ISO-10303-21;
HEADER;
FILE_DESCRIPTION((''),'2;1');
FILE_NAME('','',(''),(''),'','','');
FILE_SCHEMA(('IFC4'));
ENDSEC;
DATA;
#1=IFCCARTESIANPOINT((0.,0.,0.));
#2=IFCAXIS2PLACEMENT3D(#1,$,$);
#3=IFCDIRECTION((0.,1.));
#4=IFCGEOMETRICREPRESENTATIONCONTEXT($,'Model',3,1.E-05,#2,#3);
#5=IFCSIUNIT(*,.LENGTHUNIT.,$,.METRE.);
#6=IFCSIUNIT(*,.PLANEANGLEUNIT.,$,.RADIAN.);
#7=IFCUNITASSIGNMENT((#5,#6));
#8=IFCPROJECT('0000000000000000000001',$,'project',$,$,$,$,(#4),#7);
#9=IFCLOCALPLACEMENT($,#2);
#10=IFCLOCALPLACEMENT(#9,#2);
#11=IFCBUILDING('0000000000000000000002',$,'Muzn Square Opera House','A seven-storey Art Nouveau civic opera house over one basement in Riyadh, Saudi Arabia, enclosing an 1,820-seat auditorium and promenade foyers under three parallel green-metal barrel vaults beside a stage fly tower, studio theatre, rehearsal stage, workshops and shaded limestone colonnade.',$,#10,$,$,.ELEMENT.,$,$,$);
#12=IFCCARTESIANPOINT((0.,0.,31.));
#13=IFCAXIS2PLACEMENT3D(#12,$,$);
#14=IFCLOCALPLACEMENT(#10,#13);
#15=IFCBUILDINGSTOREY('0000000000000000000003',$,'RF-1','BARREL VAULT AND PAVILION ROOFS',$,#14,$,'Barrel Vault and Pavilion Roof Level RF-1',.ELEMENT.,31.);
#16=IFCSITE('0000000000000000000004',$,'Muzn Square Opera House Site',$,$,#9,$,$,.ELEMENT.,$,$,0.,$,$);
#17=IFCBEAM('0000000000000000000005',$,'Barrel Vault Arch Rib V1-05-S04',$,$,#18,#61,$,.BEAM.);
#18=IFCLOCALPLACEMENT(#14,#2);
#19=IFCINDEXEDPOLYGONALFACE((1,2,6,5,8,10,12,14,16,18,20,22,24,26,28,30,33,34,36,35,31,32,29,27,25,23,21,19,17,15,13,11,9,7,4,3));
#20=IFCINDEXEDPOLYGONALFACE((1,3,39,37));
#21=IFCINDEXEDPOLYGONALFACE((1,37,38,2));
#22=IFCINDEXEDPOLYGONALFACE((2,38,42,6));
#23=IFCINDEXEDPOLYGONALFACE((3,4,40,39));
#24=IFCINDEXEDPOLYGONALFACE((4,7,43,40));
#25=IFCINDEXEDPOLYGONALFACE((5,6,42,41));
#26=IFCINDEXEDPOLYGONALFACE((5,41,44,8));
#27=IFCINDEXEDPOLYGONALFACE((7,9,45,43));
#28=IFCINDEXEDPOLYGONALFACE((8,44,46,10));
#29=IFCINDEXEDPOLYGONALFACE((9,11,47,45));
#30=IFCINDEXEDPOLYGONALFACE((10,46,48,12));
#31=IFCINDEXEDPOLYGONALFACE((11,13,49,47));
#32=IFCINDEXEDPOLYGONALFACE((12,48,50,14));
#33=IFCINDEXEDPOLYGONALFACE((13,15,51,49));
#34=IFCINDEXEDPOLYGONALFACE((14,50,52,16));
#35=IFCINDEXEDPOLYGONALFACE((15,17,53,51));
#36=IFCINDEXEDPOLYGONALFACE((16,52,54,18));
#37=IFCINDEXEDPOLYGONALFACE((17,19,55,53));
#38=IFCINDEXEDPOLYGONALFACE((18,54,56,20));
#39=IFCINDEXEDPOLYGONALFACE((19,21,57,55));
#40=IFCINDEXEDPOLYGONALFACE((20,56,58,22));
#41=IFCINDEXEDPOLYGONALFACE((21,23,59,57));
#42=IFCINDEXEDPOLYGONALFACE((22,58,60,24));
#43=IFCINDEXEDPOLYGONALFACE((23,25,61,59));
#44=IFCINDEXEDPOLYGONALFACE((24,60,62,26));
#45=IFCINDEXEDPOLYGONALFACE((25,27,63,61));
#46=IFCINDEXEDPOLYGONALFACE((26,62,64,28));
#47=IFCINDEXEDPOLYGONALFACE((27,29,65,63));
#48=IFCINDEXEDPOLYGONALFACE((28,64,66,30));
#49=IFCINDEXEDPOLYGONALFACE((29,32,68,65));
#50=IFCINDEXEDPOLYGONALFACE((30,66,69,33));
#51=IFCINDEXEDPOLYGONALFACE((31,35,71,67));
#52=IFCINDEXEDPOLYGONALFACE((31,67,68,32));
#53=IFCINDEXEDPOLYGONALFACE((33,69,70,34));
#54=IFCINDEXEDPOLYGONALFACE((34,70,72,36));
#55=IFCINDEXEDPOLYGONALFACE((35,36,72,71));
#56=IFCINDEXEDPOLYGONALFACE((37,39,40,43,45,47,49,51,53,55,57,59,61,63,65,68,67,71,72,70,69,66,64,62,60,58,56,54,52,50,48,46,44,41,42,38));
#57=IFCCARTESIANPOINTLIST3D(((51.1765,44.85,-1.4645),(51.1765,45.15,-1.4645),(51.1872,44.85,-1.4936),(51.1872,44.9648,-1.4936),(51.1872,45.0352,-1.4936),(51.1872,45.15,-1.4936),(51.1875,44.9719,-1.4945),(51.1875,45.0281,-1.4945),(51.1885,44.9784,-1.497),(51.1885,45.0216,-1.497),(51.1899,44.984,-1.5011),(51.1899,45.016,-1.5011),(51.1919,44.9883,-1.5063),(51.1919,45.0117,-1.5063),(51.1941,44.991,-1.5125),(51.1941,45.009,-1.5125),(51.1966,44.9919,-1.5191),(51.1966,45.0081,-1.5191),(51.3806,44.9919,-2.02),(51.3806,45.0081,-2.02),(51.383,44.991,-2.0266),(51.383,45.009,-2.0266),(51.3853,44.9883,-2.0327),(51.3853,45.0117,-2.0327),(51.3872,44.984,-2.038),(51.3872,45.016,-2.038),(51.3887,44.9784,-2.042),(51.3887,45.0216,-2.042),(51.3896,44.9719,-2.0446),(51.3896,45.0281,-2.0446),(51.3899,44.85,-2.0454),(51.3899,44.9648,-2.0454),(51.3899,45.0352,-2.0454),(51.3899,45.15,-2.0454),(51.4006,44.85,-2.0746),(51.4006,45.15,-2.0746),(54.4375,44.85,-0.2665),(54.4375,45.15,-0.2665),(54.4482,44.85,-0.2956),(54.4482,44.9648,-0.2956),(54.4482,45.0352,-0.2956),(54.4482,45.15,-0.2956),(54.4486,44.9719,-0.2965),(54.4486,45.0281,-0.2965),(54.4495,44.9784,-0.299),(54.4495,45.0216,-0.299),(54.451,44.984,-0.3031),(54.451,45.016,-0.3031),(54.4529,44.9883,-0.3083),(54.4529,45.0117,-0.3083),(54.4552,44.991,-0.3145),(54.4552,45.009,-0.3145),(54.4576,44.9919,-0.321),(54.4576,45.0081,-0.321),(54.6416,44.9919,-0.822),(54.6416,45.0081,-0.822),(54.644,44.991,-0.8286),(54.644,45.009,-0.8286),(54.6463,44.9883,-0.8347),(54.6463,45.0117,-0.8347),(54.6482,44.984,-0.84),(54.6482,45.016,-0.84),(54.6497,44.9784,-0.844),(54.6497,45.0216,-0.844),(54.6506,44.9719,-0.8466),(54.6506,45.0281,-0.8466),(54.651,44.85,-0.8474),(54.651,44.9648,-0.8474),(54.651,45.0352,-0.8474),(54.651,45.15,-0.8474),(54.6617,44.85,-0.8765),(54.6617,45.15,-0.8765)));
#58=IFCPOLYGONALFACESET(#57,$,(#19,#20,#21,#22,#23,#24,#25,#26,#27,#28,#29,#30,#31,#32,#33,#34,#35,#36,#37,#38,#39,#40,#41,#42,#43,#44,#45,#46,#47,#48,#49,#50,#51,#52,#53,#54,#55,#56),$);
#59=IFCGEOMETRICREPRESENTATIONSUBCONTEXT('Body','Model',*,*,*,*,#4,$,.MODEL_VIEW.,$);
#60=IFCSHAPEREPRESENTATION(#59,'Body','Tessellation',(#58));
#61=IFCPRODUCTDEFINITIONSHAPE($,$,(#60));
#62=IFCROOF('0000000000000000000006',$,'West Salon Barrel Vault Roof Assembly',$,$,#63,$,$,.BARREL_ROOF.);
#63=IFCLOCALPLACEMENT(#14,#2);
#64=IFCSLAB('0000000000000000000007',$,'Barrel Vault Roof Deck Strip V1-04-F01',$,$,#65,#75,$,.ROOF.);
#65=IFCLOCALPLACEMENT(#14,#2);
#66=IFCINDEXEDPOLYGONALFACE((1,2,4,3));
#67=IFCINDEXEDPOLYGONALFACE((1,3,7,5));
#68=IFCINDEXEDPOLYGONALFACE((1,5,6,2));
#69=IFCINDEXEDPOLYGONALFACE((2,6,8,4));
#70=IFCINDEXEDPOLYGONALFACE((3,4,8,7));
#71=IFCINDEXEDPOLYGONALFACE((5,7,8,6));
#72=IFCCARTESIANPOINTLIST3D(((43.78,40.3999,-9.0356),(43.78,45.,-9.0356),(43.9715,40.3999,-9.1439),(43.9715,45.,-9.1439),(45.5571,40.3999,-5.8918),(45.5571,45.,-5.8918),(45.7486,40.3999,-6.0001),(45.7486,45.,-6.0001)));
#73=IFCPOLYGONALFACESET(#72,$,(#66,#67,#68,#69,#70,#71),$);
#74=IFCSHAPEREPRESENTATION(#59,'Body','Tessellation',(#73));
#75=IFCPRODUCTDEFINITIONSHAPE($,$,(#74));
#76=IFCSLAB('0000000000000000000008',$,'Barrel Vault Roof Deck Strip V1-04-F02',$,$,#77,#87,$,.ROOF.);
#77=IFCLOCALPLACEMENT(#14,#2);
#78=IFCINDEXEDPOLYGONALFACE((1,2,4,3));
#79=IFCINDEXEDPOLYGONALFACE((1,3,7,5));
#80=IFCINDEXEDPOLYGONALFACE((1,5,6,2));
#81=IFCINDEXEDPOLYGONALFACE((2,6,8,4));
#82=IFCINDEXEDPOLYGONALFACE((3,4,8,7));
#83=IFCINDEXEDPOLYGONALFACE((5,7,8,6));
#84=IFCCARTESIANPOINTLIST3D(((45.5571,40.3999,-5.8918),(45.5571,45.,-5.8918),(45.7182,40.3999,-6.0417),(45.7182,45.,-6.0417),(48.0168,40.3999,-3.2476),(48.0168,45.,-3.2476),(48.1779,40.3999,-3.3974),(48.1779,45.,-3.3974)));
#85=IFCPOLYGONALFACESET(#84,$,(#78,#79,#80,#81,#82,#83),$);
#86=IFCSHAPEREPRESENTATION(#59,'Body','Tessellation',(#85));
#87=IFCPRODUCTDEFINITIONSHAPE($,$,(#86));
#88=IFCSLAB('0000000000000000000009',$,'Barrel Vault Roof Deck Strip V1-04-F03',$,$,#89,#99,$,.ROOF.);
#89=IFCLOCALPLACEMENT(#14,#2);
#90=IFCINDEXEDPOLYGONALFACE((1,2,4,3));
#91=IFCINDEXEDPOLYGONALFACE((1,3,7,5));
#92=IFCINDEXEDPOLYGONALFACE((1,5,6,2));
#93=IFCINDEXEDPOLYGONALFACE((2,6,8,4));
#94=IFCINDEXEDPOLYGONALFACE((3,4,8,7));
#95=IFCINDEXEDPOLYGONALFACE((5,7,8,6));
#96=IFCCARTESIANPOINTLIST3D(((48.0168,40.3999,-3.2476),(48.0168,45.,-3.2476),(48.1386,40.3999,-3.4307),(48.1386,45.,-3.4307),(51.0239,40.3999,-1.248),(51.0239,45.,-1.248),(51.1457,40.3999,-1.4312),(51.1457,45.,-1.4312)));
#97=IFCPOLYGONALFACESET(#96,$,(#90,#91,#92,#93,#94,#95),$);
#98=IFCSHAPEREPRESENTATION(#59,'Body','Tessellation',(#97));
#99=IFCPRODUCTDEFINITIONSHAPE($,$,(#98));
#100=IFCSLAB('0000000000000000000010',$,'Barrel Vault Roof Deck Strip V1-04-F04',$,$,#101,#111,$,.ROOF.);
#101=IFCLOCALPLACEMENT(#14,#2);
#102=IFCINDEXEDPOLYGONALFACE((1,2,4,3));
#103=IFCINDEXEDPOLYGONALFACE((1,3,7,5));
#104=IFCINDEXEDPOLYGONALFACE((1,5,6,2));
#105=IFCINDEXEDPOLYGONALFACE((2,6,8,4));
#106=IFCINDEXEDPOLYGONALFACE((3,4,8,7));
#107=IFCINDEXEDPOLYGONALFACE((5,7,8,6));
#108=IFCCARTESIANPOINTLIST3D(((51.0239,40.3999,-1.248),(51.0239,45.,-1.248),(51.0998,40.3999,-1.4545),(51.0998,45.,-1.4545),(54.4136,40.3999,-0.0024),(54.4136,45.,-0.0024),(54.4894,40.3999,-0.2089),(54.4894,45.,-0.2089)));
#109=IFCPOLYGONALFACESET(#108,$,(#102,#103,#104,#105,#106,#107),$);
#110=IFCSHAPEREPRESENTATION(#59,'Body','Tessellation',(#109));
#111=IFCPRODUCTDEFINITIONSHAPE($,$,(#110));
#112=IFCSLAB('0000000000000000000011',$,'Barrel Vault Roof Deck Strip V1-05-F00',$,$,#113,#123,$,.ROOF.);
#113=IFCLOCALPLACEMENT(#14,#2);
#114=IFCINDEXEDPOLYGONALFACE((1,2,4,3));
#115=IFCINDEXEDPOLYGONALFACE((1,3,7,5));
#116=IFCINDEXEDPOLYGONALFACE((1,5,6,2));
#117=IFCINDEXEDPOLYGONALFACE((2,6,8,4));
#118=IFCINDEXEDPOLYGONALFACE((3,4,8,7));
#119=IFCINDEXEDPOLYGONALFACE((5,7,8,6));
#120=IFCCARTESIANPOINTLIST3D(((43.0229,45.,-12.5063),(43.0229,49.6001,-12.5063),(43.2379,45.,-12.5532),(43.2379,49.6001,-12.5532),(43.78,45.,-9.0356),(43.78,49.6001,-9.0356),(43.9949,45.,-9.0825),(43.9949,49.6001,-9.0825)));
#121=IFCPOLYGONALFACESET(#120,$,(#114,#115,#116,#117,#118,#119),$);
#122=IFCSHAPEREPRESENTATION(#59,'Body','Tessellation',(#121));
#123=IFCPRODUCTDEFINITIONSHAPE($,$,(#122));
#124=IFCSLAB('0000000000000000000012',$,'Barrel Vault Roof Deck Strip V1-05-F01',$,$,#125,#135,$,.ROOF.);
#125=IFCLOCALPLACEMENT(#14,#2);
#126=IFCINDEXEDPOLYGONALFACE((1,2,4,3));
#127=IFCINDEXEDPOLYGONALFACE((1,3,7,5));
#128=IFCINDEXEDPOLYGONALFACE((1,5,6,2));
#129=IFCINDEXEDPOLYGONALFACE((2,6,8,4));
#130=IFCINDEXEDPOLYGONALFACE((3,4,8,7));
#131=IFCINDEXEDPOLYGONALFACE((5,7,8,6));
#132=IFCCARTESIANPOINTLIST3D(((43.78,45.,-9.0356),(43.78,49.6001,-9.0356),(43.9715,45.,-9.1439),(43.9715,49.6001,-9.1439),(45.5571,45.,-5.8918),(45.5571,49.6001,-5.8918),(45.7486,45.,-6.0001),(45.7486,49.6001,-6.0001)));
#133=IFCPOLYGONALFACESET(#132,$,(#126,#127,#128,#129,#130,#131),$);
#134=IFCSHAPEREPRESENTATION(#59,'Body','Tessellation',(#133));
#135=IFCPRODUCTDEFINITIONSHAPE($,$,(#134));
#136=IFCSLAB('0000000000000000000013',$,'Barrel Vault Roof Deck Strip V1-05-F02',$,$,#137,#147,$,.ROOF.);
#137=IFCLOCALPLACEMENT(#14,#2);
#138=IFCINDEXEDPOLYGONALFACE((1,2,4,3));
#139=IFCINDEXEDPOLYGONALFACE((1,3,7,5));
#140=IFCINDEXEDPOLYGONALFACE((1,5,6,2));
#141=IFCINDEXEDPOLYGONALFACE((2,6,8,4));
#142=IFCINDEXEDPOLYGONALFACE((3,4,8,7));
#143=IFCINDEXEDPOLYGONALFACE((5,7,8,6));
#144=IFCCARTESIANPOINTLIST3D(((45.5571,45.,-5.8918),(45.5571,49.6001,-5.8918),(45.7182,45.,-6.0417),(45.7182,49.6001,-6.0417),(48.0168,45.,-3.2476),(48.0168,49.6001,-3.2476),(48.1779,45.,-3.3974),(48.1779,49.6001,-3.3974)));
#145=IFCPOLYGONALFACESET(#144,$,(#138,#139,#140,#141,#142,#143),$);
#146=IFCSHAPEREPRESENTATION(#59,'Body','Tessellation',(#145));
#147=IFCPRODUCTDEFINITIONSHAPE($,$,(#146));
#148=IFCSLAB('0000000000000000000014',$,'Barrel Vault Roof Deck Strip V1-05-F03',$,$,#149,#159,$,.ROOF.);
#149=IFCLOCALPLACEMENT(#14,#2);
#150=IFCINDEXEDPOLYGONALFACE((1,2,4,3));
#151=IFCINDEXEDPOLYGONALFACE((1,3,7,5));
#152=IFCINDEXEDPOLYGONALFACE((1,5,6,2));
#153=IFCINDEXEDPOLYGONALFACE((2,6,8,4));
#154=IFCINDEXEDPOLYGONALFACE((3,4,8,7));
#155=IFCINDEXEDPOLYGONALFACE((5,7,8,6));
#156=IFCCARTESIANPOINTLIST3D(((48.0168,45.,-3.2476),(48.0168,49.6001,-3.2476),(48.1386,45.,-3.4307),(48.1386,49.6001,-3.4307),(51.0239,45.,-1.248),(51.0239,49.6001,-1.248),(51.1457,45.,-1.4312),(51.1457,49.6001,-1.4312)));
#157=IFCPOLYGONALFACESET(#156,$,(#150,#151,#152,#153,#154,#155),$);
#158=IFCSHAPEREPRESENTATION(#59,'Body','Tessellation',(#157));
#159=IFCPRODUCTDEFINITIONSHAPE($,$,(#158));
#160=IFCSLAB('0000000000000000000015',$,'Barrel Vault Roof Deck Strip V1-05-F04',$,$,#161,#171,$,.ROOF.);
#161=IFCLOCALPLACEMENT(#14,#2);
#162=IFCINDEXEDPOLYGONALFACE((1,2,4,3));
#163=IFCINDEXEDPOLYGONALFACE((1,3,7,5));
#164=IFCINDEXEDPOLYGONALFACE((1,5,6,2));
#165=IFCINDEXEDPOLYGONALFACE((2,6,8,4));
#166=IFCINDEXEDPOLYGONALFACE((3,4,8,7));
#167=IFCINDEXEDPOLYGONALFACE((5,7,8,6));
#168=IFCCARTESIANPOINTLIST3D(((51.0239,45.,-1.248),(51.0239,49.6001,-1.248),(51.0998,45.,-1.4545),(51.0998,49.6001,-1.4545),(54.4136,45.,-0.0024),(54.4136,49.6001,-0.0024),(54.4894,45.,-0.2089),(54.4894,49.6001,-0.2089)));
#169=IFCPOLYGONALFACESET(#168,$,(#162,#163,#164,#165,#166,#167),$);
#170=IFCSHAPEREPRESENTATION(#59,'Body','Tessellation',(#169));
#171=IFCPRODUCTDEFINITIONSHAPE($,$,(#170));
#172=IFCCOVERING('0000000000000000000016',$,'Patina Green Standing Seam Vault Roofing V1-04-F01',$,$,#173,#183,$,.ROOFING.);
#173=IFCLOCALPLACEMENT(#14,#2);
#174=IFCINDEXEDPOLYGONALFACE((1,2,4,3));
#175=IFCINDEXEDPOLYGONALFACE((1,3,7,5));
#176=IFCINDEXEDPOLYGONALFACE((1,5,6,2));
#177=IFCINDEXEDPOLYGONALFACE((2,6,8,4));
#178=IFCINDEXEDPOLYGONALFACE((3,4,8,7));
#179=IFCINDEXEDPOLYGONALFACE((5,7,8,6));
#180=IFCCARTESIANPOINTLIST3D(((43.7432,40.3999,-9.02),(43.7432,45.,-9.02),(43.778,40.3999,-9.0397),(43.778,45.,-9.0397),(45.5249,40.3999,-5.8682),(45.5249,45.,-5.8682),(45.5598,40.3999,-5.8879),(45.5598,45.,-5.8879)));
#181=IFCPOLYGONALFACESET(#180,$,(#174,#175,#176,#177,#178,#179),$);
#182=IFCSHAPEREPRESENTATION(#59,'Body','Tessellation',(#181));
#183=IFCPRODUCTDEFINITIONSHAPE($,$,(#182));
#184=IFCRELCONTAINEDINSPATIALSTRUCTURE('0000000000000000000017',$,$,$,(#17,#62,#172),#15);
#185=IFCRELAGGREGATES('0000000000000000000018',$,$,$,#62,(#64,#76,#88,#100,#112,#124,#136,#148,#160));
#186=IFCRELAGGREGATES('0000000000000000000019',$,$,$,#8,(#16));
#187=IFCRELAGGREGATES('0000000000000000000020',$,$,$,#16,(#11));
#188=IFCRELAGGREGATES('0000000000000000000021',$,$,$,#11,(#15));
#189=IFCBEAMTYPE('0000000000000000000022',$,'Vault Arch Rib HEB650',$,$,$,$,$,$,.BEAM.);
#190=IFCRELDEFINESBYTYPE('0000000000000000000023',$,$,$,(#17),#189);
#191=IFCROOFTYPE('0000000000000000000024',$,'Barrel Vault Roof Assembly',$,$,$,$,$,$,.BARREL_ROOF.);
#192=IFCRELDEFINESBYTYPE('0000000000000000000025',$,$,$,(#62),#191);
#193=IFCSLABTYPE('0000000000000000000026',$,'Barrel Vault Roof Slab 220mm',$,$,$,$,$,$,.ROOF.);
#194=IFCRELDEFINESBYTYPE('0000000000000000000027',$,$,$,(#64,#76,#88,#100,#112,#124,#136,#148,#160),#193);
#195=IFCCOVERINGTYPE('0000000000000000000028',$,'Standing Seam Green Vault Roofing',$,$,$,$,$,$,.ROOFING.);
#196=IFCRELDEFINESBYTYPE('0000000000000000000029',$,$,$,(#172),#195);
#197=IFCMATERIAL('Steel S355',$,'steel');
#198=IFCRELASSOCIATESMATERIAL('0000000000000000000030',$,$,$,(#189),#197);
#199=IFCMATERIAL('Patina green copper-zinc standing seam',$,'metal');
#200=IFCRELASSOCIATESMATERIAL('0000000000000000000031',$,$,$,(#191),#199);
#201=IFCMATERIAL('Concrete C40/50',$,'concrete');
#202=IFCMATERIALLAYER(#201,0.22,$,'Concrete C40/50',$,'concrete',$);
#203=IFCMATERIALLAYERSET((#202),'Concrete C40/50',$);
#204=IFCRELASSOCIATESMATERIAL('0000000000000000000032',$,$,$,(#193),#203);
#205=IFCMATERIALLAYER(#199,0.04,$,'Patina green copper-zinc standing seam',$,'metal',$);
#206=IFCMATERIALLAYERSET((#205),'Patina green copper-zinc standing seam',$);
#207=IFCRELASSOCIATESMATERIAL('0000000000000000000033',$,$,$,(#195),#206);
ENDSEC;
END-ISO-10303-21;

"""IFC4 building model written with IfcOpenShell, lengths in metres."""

from ifc_helpers import new_model, si_unit, direction, frame, origin, origin_2d, place, context, subcontext, project, spatial, polyline, i_section, outline, extrude, material, layer, layer_set, material_profile, profile_set, type_object, element, aggregate, save


model = new_model("IFC4")

# Units and contexts
model_context = context("Model", 3, precision=1e-05, world=origin(), true_north=direction((0.0, 1.0)))
body_context = subcontext(model_context, "Body", "Model", "MODEL_VIEW")
ifc_project = project(units=[si_unit("LENGTHUNIT", "METRE"), si_unit("PLANEANGLEUNIT", "RADIAN")], contexts=[model_context])

# Site, building, storey
site_placement = place(None, origin())
site = spatial("IfcSite", under=ifc_project, at=site_placement, Name="Muzn Square Opera House Site", CompositionType="ELEMENT", RefElevation=0.0)
building_placement = place(site_placement, origin())
building = spatial("IfcBuilding", under=site, at=building_placement, Name="Muzn Square Opera House", Description="A seven-storey Art Nouveau civic opera house over one basement in Riyadh, Saudi Arabia, enclosing an 1,820-seat auditorium and promenade foyers under three parallel green-metal barrel vaults beside a stage fly tower, studio theatre, rehearsal stage, workshops and shaded limestone colonnade.", CompositionType="ELEMENT")
storey_placement = place(building_placement, frame((0.0, 0.0, 31.0)))
storey = spatial("IfcBuildingStorey", under=building, at=storey_placement, Name="RF-1", Description="BARREL VAULT AND PAVILION ROOFS", LongName="Barrel Vault and Pavilion Roof Level RF-1", CompositionType="ELEMENT", Elevation=31.0)

# Beam
ifc_material_1 = material(Name="Steel S355", Category="steel")
ifc_material_profile_1 = material_profile(ifc_material_1, i_section(OverallWidth=0.3, OverallDepth=0.6499, WebThickness=0.0161, FlangeThickness=0.031, FilletRadius=0.0271, at=origin_2d()), Name="HEB 650", Category="steel")
ifc_profile_set_1 = profile_set([ifc_material_profile_1], Name="Steel S355")
beam_type_1 = type_object("IfcBeamType", Name="Vault Arch Rib HEB650", PredefinedType="BEAM", material=ifc_profile_set_1)
beam_1_placement = place(storey_placement, frame((51.2886, 45.0, -1.7695), z_axis=(0.938662, 0.0, 0.344839), x_axis=(0.0, 1.0, 0.0)))
element("IfcBeam", 1, at=beam_1_placement, inside=storey, type_object=beam_type_1, Name="Barrel Vault Arch Rib V1-05-S04", PredefinedType="BEAM", context=body_context, shape_type="SweptSolid", body=[
    extrude(i_section(OverallWidth=0.3, OverallDepth=0.6499, WebThickness=0.0161, FlangeThickness=0.031, FilletRadius=0.0271, at=origin_2d()), origin(), (0.0, 0.0, 1.0), 3.4741),
])

# Roof, slabs
ifc_material_2 = material(Name="Patina green copper-zinc standing seam", Category="metal")
roof_type = type_object("IfcRoofType", Name="Barrel Vault Roof Assembly", PredefinedType="BARREL_ROOF", material=ifc_material_2)
roof_placement = place(storey_placement, origin())
roof = element("IfcRoof", 2, at=roof_placement, inside=storey, type_object=roof_type, Name="West Salon Barrel Vault Roof Assembly", PredefinedType="BARREL_ROOF")
ifc_material_3 = material(Name="Concrete C40/50", Category="concrete")
ifc_layer_1 = layer(ifc_material_3, 0.22, Name="Concrete C40/50", Category="concrete")
ifc_layer_set_1 = layer_set([ifc_layer_1], Name="Concrete C40/50")
slab_type = type_object("IfcSlabType", Name="Barrel Vault Roof Slab 220mm", PredefinedType="ROOF", material=ifc_layer_set_1)
slab_1_placement = place(storey_placement, frame((45.5571, 40.3999, -5.8918), z_axis=(-0.870543, 0.0, 0.492093), x_axis=(0.0, 1.0, 0.0)))
slab_1 = element("IfcSlab", 3, at=slab_1_placement, type_object=slab_type, Name="Barrel Vault Roof Deck Strip V1-04-F01", PredefinedType="ROOF", context=body_context, shape_type="SweptSolid", body=[
    extrude(outline(polyline([(0.0, 3.6113), (0.0, 0.0), (4.6001, 0.0), (4.6001, 3.6113), (0.0, 3.6113)])), origin(), (0.0, 0.0, -1.0), 0.22),
])
slab_2_placement = place(storey_placement, frame((48.0168, 40.3999, -3.2476), z_axis=(-0.732198, 0.0, 0.681091), x_axis=(0.0, 1.0, 0.0)))
slab_2 = element("IfcSlab", 4, at=slab_2_placement, type_object=slab_type, Name="Barrel Vault Roof Deck Strip V1-04-F02", PredefinedType="ROOF", context=body_context, shape_type="SweptSolid", body=[
    extrude(outline(polyline([(0.0, 3.6114), (0.0, 0.0), (4.6001, 0.0), (4.6001, 3.6114), (0.0, 3.6114)])), origin(), (0.0, 0.0, -1.0), 0.22),
])
slab_3_placement = place(storey_placement, frame((51.0239, 40.3999, -1.248), z_axis=(-0.553701, 0.0, 0.832715), x_axis=(0.0, 1.0, 0.0)))
slab_3 = element("IfcSlab", 5, at=slab_3_placement, type_object=slab_type, Name="Barrel Vault Roof Deck Strip V1-04-F03", PredefinedType="ROOF", context=body_context, shape_type="SweptSolid", body=[
    extrude(outline(polyline([(0.0, 3.6112), (0.0, 0.0), (4.6001, 0.0), (4.6001, 3.6112), (0.0, 3.6112)])), origin(), (0.0, 0.0, -1.0), 0.22),
])
slab_4_placement = place(storey_placement, frame((54.4136, 40.3999, -0.0024), z_axis=(-0.344922, 0.0, 0.938631), x_axis=(0.0, 1.0, 0.0)))
slab_4 = element("IfcSlab", 6, at=slab_4_placement, type_object=slab_type, Name="Barrel Vault Roof Deck Strip V1-04-F04", PredefinedType="ROOF", context=body_context, shape_type="SweptSolid", body=[
    extrude(outline(polyline([(0.0, 3.6113), (0.0, 0.0), (4.6001, 0.0), (4.6001, 3.6113), (0.0, 3.6113)])), origin(), (0.0, 0.0, -1.0), 0.22),
])
slab_5_placement = place(storey_placement, frame((43.78, 45.0, -9.0356), z_axis=(-0.977025, 0.0, 0.213123), x_axis=(0.0, 1.0, 0.0)))
slab_5 = element("IfcSlab", 7, at=slab_5_placement, type_object=slab_type, Name="Barrel Vault Roof Deck Strip V1-05-F00", PredefinedType="ROOF", context=body_context, shape_type="SweptSolid", body=[
    extrude(outline(polyline([(0.0, 3.5523), (0.0, 0.0), (4.6001, 0.0), (4.6001, 3.5523), (0.0, 3.5523)])), origin(), (0.0, 0.0, -1.0), 0.22),
])
slab_6_placement = place(storey_placement, frame((45.5571, 45.0, -5.8918), z_axis=(-0.870543, 0.0, 0.492093), x_axis=(0.0, 1.0, 0.0)))
slab_6 = element("IfcSlab", 8, at=slab_6_placement, type_object=slab_type, Name="Barrel Vault Roof Deck Strip V1-05-F01", PredefinedType="ROOF", context=body_context, shape_type="SweptSolid", body=[
    extrude(outline(polyline([(0.0, 3.6113), (0.0, 0.0), (4.6001, 0.0), (4.6001, 3.6113), (0.0, 3.6113)])), origin(), (0.0, 0.0, -1.0), 0.22),
])
slab_7_placement = place(storey_placement, frame((48.0168, 45.0, -3.2476), z_axis=(-0.732198, 0.0, 0.681091), x_axis=(0.0, 1.0, 0.0)))
slab_7 = element("IfcSlab", 9, at=slab_7_placement, type_object=slab_type, Name="Barrel Vault Roof Deck Strip V1-05-F02", PredefinedType="ROOF", context=body_context, shape_type="SweptSolid", body=[
    extrude(outline(polyline([(0.0, 3.6114), (0.0, 0.0), (4.6001, 0.0), (4.6001, 3.6114), (0.0, 3.6114)])), origin(), (0.0, 0.0, -1.0), 0.22),
])
slab_8_placement = place(storey_placement, frame((51.0239, 45.0, -1.248), z_axis=(-0.553701, 0.0, 0.832715), x_axis=(0.0, 1.0, 0.0)))
slab_8 = element("IfcSlab", 10, at=slab_8_placement, type_object=slab_type, Name="Barrel Vault Roof Deck Strip V1-05-F03", PredefinedType="ROOF", context=body_context, shape_type="SweptSolid", body=[
    extrude(outline(polyline([(0.0, 3.6112), (0.0, 0.0), (4.6001, 0.0), (4.6001, 3.6112), (0.0, 3.6112)])), origin(), (0.0, 0.0, -1.0), 0.22),
])
slab_9_placement = place(storey_placement, frame((54.4136, 45.0, -0.0024), z_axis=(-0.344922, 0.0, 0.938631), x_axis=(0.0, 1.0, 0.0)))
slab_9 = element("IfcSlab", 11, at=slab_9_placement, type_object=slab_type, Name="Barrel Vault Roof Deck Strip V1-05-F04", PredefinedType="ROOF", context=body_context, shape_type="SweptSolid", body=[
    extrude(outline(polyline([(0.0, 3.6113), (0.0, 0.0), (4.6001, 0.0), (4.6001, 3.6113), (0.0, 3.6113)])), origin(), (0.0, 0.0, -1.0), 0.22),
])
aggregate(roof, [slab_1, slab_2, slab_3, slab_4, slab_5, slab_6, slab_7, slab_8, slab_9])

# Covering
ifc_layer_2 = layer(ifc_material_2, 0.04, Name="Patina green copper-zinc standing seam", Category="metal")
ifc_layer_set_2 = layer_set([ifc_layer_2], Name="Patina green copper-zinc standing seam")
covering_type = type_object("IfcCoveringType", Name="Standing Seam Green Vault Roofing", PredefinedType="ROOFING", material=ifc_layer_set_2)
covering_1_placement = place(storey_placement, frame((45.5249, 40.3999, -5.8682), z_axis=(-0.870533, 0.0, 0.492111), x_axis=(0.0, 1.0, 0.0)))
element("IfcCovering", 12, at=covering_1_placement, inside=storey, type_object=covering_type, Name="Patina Green Standing Seam Vault Roofing V1-04-F01", PredefinedType="ROOFING", context=body_context, shape_type="SweptSolid", body=[
    extrude(outline(polyline([(0.0, 3.6206), (0.0, 0.0), (4.6001, 0.0), (4.6001, 3.6206), (0.0, 3.6206)])), origin(), (0.0, 0.0, -1.0), 0.04),
])

save(model, "model.ifc")
